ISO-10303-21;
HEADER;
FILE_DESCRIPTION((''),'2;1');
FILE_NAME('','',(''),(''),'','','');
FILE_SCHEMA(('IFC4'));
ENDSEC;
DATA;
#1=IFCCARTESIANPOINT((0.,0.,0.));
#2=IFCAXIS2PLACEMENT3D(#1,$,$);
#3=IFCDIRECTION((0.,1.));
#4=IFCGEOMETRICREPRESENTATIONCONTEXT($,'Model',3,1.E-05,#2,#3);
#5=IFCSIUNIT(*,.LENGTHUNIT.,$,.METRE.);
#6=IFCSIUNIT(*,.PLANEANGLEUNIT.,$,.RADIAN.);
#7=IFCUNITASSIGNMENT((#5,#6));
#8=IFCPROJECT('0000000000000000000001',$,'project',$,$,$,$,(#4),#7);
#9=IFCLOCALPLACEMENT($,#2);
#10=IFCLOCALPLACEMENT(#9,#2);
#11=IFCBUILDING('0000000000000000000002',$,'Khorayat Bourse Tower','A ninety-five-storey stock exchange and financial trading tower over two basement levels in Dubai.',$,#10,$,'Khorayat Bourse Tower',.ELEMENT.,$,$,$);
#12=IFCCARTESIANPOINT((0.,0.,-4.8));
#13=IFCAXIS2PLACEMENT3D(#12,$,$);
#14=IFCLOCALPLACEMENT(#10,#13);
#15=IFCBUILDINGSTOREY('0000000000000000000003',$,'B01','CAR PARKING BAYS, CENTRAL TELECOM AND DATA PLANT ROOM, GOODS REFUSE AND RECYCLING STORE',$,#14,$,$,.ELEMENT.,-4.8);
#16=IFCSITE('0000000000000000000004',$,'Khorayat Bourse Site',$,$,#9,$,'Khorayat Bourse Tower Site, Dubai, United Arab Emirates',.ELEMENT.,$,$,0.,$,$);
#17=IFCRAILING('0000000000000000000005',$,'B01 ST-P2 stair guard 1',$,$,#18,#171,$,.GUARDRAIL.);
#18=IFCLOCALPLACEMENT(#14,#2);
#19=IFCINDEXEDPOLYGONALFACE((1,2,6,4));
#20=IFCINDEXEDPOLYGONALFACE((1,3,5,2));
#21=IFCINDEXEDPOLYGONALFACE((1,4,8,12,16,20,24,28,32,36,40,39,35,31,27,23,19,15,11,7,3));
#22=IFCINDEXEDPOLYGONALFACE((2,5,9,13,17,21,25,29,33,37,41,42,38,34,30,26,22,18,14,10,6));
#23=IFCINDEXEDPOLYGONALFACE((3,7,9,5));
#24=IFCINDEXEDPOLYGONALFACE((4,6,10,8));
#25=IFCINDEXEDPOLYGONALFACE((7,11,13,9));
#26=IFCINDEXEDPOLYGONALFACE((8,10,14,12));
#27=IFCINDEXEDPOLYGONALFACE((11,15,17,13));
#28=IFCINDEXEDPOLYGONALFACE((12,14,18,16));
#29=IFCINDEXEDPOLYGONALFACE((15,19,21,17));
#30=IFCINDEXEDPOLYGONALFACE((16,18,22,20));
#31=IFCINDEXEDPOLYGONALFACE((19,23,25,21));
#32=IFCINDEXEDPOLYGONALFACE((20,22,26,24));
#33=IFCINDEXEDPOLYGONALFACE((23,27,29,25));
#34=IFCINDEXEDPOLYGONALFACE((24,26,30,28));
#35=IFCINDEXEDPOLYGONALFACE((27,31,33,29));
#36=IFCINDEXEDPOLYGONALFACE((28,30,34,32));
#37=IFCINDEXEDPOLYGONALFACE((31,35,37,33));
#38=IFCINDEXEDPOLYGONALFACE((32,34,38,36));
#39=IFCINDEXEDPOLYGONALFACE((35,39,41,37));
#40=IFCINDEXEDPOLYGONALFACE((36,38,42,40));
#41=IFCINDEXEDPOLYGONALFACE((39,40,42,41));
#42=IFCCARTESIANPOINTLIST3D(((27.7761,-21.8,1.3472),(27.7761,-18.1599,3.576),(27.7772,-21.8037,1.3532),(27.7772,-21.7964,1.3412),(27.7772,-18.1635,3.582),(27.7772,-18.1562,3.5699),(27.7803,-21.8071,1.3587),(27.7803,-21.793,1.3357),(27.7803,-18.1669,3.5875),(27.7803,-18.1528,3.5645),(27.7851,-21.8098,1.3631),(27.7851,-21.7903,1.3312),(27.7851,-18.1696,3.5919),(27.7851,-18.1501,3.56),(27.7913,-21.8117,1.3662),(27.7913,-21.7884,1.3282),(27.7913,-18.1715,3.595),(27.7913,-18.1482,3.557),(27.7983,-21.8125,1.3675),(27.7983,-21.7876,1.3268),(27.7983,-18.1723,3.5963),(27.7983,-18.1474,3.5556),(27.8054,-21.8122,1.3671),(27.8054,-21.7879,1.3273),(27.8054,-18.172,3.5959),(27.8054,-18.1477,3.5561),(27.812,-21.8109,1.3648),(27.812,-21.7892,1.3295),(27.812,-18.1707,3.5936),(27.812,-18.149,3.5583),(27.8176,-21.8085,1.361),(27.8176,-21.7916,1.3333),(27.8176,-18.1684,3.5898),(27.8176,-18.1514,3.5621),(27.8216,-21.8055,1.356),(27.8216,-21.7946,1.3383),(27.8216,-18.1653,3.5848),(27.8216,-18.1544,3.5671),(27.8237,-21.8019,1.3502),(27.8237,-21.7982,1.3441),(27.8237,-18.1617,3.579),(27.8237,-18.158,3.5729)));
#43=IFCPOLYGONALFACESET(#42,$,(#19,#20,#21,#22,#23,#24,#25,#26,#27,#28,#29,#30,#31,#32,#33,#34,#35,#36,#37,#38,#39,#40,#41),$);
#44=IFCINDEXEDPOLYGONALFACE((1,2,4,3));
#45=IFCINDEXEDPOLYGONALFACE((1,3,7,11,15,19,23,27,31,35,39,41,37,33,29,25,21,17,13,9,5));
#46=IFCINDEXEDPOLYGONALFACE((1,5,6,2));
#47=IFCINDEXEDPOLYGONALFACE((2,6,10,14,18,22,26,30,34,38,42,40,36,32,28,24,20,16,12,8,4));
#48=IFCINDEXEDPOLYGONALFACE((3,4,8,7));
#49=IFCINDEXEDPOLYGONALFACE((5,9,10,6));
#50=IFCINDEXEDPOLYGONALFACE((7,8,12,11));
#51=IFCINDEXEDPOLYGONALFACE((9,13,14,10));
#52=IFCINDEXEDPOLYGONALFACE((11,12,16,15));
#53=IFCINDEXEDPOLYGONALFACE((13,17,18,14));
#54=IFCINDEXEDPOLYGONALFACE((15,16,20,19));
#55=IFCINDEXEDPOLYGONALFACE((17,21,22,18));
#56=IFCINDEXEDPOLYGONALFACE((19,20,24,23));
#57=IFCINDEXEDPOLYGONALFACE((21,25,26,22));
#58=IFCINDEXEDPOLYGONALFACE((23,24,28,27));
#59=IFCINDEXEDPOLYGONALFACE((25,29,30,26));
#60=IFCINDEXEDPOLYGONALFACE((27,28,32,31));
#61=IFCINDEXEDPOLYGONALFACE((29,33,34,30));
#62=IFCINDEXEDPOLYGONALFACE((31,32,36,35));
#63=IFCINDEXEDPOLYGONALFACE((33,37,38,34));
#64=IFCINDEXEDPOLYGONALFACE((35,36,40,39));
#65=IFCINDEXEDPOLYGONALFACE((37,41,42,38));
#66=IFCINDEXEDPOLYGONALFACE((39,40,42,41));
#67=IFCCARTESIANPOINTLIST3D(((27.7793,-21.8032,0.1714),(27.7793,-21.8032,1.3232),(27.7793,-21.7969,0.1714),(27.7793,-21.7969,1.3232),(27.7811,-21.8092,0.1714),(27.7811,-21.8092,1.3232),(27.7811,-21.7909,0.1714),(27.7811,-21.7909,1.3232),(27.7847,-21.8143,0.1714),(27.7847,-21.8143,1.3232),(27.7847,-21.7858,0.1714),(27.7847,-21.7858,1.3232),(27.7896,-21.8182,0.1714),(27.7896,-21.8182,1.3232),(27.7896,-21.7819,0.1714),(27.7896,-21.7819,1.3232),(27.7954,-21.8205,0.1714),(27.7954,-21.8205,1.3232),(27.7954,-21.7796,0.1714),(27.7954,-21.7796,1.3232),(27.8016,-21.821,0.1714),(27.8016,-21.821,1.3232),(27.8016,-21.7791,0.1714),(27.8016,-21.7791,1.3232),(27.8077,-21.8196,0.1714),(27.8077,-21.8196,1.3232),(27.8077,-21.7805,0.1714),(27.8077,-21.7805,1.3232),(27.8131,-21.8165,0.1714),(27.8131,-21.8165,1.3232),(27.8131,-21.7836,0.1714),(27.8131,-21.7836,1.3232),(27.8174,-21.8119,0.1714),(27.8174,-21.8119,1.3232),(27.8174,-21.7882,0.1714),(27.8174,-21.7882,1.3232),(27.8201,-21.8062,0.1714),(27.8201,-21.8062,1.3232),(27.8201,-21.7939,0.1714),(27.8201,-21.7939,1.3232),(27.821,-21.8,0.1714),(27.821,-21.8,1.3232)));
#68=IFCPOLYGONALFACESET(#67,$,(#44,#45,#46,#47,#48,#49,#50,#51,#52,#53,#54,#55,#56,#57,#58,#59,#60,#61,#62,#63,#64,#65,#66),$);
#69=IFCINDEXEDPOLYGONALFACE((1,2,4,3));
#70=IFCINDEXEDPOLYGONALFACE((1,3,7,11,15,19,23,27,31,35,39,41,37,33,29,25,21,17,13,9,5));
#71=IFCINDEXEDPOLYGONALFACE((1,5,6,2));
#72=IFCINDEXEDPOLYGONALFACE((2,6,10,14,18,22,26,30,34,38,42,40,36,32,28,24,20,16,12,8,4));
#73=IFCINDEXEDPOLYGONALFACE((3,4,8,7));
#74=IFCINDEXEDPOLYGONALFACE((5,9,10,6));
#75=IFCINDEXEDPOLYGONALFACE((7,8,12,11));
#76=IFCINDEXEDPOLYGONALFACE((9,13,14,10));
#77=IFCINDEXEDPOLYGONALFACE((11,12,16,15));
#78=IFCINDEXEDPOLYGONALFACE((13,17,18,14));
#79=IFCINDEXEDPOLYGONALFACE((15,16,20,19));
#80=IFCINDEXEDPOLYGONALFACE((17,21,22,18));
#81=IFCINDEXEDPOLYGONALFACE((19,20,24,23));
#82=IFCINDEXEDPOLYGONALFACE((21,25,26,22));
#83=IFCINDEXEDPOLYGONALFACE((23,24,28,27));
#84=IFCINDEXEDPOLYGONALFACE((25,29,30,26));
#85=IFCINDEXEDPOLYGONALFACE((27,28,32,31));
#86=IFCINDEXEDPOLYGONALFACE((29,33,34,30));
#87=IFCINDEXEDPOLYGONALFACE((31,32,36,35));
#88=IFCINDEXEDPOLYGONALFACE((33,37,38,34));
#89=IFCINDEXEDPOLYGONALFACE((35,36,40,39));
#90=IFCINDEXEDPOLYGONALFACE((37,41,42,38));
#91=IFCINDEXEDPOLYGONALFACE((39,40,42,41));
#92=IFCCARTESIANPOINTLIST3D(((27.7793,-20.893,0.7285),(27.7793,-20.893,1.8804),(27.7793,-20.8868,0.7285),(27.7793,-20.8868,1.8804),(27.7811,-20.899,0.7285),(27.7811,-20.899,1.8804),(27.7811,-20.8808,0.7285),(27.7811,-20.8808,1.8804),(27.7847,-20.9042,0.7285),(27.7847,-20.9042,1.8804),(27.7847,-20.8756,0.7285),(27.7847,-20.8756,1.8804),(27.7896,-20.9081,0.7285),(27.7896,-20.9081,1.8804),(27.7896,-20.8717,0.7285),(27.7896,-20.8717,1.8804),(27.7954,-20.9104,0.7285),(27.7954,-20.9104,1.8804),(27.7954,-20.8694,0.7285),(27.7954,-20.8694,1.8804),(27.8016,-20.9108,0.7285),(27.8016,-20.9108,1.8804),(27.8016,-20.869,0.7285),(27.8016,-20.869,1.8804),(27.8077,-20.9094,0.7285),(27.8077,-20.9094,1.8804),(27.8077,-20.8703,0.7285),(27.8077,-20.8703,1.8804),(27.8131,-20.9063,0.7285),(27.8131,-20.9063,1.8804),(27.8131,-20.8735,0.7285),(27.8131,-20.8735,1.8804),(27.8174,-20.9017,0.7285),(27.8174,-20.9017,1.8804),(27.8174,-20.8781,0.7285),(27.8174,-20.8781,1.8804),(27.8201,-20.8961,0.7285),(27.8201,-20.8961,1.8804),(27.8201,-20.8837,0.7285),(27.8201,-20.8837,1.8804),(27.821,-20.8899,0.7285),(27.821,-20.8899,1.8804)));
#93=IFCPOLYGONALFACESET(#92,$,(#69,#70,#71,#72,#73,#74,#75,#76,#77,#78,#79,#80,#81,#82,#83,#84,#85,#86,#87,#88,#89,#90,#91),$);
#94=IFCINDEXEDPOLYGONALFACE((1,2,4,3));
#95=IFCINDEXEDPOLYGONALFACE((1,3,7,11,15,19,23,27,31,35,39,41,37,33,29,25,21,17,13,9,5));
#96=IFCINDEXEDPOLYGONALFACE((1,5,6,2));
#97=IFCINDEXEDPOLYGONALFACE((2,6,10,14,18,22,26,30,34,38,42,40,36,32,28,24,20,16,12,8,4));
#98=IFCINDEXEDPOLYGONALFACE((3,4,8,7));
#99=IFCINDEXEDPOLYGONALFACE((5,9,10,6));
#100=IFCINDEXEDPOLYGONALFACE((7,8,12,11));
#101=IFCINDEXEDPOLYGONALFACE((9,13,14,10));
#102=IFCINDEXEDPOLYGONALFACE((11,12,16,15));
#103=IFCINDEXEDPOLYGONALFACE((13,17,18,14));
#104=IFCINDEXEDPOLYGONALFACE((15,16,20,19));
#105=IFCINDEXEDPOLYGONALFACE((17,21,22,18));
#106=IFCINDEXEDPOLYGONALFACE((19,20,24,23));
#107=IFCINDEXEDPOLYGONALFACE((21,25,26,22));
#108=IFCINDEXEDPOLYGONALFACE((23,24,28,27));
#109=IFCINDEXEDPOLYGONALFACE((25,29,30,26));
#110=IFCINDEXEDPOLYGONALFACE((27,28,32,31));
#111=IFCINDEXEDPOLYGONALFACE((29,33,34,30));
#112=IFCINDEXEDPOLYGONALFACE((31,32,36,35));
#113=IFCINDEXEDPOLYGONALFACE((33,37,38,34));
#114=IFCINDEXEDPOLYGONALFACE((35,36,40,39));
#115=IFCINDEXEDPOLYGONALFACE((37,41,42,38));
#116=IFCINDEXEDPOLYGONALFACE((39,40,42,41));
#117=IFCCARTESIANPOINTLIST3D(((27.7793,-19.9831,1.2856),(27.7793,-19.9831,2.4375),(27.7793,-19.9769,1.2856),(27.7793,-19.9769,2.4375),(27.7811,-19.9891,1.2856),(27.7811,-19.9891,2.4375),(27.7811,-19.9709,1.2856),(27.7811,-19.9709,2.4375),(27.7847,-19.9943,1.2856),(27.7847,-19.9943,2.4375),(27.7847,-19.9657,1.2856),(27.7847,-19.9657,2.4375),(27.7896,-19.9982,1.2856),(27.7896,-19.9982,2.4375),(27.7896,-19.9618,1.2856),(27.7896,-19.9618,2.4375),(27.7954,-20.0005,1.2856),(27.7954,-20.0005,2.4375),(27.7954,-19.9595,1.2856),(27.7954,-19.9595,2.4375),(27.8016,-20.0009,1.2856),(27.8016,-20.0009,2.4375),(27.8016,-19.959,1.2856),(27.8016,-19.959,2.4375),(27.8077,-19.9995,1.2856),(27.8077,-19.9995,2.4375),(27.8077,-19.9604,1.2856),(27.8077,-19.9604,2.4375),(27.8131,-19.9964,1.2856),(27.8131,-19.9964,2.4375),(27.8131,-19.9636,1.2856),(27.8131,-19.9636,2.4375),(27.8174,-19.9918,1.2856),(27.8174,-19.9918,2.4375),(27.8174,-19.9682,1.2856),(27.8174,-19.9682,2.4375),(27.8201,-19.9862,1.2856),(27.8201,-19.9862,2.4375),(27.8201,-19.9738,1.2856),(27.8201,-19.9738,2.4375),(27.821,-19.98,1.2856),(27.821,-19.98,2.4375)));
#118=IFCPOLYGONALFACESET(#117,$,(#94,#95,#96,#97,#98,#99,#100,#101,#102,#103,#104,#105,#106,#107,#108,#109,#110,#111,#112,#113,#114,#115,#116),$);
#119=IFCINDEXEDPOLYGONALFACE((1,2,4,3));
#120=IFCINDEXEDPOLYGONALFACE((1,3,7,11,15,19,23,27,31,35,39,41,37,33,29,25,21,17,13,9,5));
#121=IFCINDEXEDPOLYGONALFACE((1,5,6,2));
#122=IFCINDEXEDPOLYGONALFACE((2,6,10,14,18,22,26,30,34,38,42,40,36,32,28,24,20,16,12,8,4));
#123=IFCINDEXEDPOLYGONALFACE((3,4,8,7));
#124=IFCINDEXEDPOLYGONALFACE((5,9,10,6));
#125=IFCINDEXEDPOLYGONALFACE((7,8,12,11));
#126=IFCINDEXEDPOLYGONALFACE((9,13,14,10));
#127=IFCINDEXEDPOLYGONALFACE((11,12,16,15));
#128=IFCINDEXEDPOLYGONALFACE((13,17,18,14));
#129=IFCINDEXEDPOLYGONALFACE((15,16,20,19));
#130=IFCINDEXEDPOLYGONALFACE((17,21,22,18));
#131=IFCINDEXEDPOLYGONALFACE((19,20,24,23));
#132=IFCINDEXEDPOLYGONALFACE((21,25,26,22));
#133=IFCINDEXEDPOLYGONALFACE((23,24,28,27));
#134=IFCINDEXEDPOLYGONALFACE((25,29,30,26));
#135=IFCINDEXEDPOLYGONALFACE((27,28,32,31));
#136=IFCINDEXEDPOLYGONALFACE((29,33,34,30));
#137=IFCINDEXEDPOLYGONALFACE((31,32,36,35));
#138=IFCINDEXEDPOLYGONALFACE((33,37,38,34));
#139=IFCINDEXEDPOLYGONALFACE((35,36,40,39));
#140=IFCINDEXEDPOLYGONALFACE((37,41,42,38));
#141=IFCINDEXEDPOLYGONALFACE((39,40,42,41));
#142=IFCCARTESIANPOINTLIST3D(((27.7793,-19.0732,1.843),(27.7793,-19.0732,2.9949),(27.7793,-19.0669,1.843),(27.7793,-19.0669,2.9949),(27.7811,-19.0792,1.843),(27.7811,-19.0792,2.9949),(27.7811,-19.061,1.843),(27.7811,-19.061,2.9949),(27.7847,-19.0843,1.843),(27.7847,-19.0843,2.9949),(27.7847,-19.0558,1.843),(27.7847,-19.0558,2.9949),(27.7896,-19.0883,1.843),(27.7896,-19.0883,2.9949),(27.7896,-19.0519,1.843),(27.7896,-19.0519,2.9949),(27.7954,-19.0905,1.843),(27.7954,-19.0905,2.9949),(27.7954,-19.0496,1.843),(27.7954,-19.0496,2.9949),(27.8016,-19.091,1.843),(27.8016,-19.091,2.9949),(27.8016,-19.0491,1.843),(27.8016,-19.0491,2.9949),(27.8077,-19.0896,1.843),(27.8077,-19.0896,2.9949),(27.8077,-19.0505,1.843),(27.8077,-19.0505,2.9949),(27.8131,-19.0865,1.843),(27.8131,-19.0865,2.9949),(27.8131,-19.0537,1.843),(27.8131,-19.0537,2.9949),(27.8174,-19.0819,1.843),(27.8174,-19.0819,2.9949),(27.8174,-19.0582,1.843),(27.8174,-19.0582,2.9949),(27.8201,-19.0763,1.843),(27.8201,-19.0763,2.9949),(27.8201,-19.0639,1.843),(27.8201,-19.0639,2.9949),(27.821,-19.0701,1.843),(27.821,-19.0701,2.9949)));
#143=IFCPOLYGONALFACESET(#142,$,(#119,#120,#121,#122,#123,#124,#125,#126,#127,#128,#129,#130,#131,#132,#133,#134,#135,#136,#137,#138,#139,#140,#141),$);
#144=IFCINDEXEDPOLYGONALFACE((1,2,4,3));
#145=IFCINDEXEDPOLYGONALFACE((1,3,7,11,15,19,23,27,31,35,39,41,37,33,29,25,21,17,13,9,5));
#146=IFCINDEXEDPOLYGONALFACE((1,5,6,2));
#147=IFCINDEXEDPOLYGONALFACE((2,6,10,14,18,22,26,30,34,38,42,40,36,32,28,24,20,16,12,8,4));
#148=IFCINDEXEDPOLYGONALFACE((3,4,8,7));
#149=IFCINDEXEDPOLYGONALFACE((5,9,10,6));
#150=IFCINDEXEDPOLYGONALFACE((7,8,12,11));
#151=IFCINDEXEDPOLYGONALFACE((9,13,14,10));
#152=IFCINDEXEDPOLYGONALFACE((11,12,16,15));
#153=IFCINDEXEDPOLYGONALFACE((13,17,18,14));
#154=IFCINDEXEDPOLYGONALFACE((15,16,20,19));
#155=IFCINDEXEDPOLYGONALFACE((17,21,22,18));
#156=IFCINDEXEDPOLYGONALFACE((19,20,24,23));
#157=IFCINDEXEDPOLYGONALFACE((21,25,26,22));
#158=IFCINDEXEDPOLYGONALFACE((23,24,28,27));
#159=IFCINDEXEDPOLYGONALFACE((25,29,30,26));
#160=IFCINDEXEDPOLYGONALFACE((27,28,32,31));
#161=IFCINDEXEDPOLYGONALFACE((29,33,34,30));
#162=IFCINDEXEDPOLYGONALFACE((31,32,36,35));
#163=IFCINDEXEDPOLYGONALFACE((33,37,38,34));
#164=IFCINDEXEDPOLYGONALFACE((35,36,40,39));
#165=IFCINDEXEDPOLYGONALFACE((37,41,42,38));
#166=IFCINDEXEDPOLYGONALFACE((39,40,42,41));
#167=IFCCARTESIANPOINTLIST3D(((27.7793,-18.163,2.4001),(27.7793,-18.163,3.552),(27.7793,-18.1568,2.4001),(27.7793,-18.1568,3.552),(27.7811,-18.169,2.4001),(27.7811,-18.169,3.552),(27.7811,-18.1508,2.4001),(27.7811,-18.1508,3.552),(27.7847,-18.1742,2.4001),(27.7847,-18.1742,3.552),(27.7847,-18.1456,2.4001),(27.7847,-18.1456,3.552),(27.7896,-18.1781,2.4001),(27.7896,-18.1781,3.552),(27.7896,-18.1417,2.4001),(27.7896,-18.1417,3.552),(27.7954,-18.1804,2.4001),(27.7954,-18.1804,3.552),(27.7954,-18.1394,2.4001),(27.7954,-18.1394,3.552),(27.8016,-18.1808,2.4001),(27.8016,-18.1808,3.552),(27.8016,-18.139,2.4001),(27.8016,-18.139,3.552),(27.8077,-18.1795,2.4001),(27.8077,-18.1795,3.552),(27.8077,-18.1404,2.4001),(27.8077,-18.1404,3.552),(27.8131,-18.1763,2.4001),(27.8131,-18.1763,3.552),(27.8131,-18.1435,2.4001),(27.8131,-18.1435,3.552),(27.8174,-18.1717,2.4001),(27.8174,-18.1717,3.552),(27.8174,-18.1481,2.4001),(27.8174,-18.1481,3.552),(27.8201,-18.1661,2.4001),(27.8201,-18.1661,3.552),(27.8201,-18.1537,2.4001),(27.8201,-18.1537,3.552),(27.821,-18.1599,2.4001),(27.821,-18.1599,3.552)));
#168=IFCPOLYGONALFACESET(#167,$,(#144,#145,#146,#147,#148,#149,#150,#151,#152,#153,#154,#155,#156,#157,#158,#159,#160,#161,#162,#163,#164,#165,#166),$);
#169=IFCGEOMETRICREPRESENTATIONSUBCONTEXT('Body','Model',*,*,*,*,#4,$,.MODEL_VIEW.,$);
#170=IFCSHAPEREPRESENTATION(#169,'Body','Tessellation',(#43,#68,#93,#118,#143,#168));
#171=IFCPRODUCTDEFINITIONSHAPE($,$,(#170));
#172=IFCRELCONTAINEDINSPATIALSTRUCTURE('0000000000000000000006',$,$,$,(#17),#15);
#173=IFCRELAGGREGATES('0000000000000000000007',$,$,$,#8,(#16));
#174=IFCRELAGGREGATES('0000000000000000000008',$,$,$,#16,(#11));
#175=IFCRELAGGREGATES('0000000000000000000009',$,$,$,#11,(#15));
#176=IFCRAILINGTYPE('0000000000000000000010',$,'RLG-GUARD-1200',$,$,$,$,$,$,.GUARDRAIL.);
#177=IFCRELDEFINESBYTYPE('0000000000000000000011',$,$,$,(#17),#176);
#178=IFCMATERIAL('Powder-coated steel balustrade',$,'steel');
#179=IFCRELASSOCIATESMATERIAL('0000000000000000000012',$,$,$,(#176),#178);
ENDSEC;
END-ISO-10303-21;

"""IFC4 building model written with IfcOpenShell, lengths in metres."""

from ifc_helpers import new_model, si_unit, direction, frame, origin, origin_2d, place, context, subcontext, project, spatial, circle, extrude, source, transform, mapped, material, type_object, element, save


model = new_model("IFC4")

# Units and contexts
model_context = context("Model", 3, precision=1e-05, world=origin(), true_north=direction((0.0, 1.0)))
body_context = subcontext(model_context, "Body", "Model", "MODEL_VIEW")
ifc_project = project(units=[si_unit("LENGTHUNIT", "METRE"), si_unit("PLANEANGLEUNIT", "RADIAN")], contexts=[model_context])

# Site, building, storey
site_placement = place(None, origin())
site = spatial("IfcSite", under=ifc_project, at=site_placement, Name="Khorayat Bourse Site", LongName="Khorayat Bourse Tower Site, Dubai, United Arab Emirates", CompositionType="ELEMENT", RefElevation=0.0)
building_placement = place(site_placement, origin())
building = spatial("IfcBuilding", under=site, at=building_placement, Name="Khorayat Bourse Tower", Description="A ninety-five-storey stock exchange and financial trading tower over two basement levels in Dubai.", LongName="Khorayat Bourse Tower", CompositionType="ELEMENT")
storey_placement = place(building_placement, frame((0.0, 0.0, -4.8)))
storey = spatial("IfcBuildingStorey", under=building, at=storey_placement, Name="B01", Description="CAR PARKING BAYS, CENTRAL TELECOM AND DATA PLANT ROOM, GOODS REFUSE AND RECYCLING STORE", CompositionType="ELEMENT", Elevation=-4.8)

# Railing
ifc_material_1 = material(Name="Powder-coated steel balustrade", Category="steel")
railing_type_1 = type_object("IfcRailingType", Name="RLG-GUARD-1200", PredefinedType="GUARDRAIL", material=ifc_material_1)
shared_shape_1 = source(origin(), body_context, "Body", "SweptSolid", [
    extrude(circle(Radius=0.0239, at=origin_2d()), frame((0.0, 0.0, 1.1758), z_axis=(0.0, 0.85284, 0.522172), x_axis=(-1.0, 0.0, 0.0)), (0.0, 0.0, 1.0), 4.2683),
    extrude(circle(Radius=0.021, at=origin_2d()), origin(), (0.0, 0.0, 1.0), 1.1519),
    extrude(circle(Radius=0.021, at=origin_2d()), frame((0.0, 0.9102, 0.5571)), (0.0, 0.0, 1.0), 1.1519),
    extrude(circle(Radius=0.021, at=origin_2d()), frame((0.0, 1.8201, 1.1143)), (0.0, 0.0, 1.0), 1.1519),
    extrude(circle(Radius=0.021, at=origin_2d()), frame((0.0, 2.73, 1.6716)), (0.0, 0.0, 1.0), 1.1519),
    extrude(circle(Radius=0.021, at=origin_2d()), frame((0.0, 3.6401, 2.2288)), (0.0, 0.0, 1.0), 1.1519),
])
railing_1_placement = place(storey_placement, frame((27.8, -21.8, 0.1714)))
element("IfcRailing", 1, at=railing_1_placement, inside=storey, type_object=railing_type_1, Name="B01 ST-P2 stair guard 1", PredefinedType="GUARDRAIL", context=body_context, shape_type="MappedRepresentation", body=[
    mapped(shared_shape_1, transform((0.0, 0.0, 0.0), scale=1.0)),
])

save(model, "model.ifc")
